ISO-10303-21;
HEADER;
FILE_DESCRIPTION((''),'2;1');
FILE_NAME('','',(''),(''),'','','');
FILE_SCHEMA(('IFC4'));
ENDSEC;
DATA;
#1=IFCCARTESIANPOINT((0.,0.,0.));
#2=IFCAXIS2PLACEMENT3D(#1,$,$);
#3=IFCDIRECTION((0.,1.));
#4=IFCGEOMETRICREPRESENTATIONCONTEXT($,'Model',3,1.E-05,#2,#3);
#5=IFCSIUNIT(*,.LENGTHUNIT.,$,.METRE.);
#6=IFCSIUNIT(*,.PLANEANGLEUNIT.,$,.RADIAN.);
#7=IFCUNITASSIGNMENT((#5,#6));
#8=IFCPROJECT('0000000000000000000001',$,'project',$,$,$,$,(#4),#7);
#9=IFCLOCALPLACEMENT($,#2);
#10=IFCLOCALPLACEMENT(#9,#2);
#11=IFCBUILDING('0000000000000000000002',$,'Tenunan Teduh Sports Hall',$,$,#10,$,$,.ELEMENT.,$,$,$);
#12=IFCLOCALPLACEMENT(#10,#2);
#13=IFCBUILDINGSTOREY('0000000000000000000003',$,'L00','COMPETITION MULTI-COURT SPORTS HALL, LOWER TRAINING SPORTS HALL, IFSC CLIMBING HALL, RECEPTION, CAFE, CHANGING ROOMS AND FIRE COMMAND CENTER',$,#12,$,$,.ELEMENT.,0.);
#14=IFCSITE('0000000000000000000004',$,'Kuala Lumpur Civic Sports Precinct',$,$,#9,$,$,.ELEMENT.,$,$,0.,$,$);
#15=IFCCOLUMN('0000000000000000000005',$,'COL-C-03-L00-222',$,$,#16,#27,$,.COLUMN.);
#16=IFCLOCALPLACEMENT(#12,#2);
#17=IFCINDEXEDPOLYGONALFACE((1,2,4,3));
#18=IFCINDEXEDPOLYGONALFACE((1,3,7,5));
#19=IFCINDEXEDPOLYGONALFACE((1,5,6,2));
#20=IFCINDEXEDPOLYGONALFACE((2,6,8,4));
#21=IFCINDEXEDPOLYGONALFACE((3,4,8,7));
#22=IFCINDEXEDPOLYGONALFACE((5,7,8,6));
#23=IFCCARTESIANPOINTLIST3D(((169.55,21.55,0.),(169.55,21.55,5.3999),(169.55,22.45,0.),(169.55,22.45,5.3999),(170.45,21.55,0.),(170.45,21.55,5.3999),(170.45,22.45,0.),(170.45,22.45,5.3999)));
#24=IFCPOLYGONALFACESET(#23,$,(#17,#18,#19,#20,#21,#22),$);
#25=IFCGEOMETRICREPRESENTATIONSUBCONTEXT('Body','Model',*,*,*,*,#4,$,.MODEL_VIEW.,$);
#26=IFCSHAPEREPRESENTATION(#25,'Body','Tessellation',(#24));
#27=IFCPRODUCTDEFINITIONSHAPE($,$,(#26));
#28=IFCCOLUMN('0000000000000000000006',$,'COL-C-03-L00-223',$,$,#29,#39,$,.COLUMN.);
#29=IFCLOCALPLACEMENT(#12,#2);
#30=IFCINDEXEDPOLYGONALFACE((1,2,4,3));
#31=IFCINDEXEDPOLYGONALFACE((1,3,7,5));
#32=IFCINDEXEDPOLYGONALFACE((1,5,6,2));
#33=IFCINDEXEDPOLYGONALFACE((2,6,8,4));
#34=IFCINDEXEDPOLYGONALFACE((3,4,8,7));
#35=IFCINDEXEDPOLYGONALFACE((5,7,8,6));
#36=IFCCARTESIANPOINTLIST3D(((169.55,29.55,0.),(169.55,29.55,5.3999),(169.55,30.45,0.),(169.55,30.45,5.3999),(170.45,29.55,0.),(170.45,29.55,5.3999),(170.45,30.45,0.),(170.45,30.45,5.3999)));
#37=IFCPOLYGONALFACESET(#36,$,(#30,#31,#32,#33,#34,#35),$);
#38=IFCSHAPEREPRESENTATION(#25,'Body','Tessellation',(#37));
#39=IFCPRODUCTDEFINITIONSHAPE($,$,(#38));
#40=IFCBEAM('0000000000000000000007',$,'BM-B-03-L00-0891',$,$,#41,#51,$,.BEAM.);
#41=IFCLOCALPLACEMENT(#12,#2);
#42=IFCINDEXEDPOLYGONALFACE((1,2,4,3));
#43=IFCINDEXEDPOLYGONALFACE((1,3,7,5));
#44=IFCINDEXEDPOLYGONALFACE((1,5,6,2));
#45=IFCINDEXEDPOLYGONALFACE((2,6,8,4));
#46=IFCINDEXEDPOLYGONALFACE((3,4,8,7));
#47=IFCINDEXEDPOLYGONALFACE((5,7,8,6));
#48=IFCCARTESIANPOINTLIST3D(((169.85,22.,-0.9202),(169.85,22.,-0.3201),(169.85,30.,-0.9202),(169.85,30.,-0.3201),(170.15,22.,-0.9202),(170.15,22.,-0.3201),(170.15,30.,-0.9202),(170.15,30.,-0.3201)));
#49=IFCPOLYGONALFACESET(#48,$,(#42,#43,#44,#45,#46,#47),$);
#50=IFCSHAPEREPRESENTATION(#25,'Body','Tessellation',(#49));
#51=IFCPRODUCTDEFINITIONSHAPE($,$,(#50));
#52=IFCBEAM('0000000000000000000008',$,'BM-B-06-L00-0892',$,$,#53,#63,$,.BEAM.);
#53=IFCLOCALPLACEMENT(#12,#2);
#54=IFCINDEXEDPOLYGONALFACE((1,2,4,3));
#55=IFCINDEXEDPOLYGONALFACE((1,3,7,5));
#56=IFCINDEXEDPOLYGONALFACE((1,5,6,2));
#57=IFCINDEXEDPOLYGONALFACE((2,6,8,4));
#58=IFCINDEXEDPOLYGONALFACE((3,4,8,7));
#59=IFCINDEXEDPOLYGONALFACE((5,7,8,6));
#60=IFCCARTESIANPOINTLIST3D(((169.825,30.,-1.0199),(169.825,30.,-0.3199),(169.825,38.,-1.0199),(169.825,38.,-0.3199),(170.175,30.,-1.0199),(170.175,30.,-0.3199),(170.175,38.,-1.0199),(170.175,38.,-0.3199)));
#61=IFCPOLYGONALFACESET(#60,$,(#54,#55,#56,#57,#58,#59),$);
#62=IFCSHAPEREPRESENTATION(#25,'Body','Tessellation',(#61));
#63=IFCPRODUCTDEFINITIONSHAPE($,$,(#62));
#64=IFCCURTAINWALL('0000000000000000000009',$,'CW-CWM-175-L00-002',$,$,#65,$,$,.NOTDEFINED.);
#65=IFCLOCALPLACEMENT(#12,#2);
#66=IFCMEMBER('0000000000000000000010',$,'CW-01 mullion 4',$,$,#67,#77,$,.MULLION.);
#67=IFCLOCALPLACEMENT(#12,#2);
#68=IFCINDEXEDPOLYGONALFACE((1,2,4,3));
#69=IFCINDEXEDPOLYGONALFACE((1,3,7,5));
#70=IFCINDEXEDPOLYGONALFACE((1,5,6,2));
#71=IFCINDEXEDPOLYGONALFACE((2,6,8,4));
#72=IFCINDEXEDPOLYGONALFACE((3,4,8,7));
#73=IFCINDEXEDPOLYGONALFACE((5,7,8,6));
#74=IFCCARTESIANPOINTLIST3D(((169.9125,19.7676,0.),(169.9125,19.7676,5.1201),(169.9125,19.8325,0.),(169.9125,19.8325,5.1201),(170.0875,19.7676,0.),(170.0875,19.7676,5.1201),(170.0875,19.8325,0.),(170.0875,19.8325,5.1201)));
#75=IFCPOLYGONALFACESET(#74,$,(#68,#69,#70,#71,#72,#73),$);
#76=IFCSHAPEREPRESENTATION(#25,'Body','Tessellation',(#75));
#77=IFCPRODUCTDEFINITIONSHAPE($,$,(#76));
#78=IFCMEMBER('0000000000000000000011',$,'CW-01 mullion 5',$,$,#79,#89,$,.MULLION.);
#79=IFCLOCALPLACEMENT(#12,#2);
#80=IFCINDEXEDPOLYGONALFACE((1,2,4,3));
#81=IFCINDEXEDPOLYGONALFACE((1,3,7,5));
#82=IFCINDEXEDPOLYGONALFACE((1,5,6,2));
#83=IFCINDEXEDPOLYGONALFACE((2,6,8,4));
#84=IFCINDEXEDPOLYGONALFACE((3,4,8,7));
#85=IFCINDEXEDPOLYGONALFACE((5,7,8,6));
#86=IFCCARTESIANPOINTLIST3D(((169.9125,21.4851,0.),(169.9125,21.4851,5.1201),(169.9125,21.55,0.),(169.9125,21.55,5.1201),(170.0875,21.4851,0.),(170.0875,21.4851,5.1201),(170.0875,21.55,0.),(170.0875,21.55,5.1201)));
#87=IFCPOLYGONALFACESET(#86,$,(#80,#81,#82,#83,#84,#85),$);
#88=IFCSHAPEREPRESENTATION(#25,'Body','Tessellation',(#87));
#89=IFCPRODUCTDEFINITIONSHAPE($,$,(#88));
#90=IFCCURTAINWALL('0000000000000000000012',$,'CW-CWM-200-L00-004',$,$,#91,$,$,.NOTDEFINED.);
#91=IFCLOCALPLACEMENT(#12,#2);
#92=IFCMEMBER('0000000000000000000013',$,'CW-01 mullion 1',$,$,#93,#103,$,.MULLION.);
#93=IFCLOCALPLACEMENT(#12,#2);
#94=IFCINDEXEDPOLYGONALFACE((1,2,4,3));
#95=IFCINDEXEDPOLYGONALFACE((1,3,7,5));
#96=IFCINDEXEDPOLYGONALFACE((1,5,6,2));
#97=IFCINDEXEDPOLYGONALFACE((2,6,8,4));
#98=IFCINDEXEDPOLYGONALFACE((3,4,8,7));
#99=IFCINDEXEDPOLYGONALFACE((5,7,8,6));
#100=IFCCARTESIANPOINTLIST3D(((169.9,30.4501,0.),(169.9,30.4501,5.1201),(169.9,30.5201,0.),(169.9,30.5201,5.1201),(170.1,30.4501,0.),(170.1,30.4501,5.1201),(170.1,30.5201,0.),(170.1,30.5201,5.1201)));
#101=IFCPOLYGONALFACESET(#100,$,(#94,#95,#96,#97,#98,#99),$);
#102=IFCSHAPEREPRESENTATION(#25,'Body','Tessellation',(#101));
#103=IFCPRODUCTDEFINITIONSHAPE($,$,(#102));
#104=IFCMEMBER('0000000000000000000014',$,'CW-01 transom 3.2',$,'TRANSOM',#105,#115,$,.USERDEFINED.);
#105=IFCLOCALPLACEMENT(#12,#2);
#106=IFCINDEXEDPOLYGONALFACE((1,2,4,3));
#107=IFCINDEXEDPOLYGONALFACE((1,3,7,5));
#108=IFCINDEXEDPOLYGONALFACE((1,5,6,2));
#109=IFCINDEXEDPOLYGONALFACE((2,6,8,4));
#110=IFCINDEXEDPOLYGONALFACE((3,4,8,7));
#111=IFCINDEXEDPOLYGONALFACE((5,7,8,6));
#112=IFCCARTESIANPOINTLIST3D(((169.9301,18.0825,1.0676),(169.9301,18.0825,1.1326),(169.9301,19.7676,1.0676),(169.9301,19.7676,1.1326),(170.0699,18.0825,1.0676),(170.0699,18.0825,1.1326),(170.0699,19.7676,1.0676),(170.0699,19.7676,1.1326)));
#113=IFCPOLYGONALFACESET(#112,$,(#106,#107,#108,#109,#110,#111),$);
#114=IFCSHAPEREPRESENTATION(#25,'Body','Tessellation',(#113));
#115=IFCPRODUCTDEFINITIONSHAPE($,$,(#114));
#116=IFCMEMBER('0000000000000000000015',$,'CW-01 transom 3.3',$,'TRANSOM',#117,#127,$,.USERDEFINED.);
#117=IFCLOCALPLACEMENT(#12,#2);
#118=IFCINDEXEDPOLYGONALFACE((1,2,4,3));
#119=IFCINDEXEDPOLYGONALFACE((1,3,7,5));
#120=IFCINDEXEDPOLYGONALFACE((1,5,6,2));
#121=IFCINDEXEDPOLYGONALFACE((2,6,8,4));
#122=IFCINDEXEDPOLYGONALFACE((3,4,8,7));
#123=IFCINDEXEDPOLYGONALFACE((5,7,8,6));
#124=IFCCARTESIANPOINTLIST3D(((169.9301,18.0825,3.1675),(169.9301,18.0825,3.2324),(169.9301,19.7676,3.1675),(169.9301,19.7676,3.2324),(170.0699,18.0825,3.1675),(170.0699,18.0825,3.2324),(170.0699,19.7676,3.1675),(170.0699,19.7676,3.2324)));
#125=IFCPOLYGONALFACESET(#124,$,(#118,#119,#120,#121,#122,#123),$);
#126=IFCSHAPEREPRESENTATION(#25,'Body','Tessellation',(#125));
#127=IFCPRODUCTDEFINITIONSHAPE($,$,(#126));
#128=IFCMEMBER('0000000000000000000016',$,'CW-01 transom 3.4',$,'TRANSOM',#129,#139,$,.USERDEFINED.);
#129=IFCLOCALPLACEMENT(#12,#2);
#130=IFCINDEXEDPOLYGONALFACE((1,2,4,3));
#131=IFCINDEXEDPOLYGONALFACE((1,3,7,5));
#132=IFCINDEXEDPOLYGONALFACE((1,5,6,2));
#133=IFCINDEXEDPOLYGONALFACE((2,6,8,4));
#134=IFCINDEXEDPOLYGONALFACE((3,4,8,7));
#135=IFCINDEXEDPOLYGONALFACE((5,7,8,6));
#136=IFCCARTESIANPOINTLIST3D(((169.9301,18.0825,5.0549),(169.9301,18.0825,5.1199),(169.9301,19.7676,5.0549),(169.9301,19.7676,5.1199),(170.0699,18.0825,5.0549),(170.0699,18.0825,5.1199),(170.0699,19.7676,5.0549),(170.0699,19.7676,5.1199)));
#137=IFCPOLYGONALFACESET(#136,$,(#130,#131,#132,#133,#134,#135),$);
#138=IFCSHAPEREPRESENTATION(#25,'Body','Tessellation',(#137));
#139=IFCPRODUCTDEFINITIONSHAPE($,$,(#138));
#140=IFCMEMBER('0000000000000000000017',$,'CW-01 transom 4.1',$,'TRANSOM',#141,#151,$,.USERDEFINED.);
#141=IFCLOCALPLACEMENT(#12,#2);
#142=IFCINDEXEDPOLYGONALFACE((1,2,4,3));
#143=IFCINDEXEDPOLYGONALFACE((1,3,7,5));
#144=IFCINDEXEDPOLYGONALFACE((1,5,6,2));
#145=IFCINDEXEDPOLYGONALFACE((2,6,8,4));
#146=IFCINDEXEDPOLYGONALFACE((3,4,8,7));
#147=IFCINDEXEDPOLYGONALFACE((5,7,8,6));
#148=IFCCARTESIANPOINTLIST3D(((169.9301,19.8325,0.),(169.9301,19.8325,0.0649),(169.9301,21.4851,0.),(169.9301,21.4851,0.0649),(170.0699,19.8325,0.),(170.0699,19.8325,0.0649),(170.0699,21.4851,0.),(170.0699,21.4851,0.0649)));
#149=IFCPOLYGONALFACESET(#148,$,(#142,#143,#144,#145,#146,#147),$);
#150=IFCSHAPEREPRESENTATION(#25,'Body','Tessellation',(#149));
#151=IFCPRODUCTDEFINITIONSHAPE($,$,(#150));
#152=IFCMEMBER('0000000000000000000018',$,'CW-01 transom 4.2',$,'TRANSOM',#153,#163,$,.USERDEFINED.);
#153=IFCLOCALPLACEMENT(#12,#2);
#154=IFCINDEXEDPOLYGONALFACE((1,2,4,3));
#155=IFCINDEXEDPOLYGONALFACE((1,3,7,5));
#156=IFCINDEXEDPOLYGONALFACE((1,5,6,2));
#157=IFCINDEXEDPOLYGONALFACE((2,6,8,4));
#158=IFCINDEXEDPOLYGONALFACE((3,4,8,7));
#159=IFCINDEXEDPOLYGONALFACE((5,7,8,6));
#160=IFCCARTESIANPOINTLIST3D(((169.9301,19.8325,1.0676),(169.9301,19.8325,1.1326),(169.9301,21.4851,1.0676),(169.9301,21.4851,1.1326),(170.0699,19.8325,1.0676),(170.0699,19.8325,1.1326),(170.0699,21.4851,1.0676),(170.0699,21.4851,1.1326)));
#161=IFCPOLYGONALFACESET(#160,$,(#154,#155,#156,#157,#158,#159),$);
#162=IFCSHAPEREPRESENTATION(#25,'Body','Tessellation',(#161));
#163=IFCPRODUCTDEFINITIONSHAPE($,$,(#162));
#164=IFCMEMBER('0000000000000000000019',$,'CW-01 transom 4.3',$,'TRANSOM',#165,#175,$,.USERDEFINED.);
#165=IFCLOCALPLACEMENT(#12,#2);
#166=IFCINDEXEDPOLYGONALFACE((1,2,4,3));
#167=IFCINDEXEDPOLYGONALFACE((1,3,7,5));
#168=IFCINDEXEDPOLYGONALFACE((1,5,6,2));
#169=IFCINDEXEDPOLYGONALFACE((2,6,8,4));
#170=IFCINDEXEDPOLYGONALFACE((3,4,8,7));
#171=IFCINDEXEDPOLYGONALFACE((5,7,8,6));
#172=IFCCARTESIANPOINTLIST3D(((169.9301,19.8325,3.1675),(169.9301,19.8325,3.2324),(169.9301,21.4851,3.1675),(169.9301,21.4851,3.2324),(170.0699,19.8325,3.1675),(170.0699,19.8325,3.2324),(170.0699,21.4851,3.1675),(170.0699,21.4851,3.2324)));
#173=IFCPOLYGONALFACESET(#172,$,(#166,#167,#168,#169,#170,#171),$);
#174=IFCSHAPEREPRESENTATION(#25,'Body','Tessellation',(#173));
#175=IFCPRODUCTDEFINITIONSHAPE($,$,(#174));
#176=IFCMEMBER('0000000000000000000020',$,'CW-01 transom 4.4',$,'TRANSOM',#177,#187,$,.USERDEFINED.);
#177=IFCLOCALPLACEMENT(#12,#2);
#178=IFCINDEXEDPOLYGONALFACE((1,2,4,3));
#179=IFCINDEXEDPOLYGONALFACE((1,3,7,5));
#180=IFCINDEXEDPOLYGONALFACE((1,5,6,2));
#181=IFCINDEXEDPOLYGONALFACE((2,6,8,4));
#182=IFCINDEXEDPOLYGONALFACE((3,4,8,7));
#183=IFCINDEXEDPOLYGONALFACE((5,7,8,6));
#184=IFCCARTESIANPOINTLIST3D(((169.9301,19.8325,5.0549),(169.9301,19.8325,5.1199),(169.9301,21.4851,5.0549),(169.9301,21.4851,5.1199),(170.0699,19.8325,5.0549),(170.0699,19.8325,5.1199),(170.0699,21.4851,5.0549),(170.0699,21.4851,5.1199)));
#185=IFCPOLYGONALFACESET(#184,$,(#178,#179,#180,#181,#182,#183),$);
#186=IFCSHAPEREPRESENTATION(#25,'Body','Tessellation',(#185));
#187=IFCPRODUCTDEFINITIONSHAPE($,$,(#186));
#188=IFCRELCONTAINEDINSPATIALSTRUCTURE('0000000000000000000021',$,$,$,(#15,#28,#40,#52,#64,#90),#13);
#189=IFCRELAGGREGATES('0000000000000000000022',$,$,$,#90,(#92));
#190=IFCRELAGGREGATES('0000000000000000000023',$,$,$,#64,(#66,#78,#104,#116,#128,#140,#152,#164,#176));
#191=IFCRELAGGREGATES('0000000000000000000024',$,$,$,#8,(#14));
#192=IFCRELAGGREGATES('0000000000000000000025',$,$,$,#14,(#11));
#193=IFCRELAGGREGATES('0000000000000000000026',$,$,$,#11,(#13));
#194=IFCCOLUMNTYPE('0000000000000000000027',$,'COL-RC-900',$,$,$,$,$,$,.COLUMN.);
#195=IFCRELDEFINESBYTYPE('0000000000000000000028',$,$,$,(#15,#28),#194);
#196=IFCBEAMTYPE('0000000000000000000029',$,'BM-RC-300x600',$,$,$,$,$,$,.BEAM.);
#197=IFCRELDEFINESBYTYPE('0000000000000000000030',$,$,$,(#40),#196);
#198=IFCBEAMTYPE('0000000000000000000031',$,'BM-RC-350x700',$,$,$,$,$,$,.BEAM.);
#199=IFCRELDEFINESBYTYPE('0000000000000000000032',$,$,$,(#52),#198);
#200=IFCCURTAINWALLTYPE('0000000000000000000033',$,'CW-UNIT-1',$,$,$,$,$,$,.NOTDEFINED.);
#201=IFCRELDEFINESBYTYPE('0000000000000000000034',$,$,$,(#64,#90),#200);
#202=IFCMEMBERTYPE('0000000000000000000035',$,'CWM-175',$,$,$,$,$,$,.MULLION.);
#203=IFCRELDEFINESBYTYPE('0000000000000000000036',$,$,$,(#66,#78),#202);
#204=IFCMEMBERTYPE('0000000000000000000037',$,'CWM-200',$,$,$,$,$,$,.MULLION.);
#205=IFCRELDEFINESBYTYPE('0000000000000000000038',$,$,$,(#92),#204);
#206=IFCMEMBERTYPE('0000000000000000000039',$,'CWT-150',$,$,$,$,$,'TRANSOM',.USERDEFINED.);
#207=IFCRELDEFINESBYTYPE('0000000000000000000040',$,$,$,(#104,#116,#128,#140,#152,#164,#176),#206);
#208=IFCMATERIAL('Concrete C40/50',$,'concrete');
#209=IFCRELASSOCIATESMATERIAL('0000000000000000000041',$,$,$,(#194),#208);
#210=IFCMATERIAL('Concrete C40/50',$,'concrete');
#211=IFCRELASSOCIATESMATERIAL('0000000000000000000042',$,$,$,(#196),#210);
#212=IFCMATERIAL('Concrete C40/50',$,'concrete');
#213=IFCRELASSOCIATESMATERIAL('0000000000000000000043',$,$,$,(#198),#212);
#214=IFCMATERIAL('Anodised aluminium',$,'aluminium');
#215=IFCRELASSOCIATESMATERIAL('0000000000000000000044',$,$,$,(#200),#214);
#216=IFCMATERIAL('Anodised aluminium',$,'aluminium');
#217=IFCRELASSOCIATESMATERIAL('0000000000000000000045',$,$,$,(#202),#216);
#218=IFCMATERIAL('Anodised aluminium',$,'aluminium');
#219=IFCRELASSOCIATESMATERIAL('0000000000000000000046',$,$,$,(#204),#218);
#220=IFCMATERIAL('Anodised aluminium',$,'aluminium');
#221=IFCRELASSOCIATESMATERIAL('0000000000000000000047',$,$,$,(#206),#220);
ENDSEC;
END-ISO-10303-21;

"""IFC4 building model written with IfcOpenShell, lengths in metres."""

from ifc_helpers import new_model, si_unit, direction, frame, origin, origin_2d, place, context, subcontext, project, spatial, rectangle, extrude, material, material_profile, profile_set, type_object, element, aggregate, save


model = new_model("IFC4")

# Units and contexts
model_context = context("Model", 3, precision=1e-05, world=origin(), true_north=direction((0.0, 1.0)))
body_context = subcontext(model_context, "Body", "Model", "MODEL_VIEW")
ifc_project = project(units=[si_unit("LENGTHUNIT", "METRE"), si_unit("PLANEANGLEUNIT", "RADIAN")], contexts=[model_context])

# Site, building, storey
site_placement = place(None, origin())
site = spatial("IfcSite", under=ifc_project, at=site_placement, Name="Kuala Lumpur Civic Sports Precinct", CompositionType="ELEMENT", RefElevation=0.0)
building_placement = place(site_placement, origin())
building = spatial("IfcBuilding", under=site, at=building_placement, Name="Tenunan Teduh Sports Hall", CompositionType="ELEMENT")
storey_placement = place(building_placement, origin())
storey = spatial("IfcBuildingStorey", under=building, at=storey_placement, Name="L00", Description="COMPETITION MULTI-COURT SPORTS HALL, LOWER TRAINING SPORTS HALL, IFSC CLIMBING HALL, RECEPTION, CAFE, CHANGING ROOMS AND FIRE COMMAND CENTER", CompositionType="ELEMENT", Elevation=0.0)

# Columns
ifc_material_1 = material(Name="Concrete C40/50", Category="concrete")
ifc_material_profile_1 = material_profile(ifc_material_1, rectangle(XDim=0.8999, YDim=0.8999, at=origin_2d()), Name="RC 900x900")
ifc_profile_set_1 = profile_set([ifc_material_profile_1], Name="Concrete C40/50")
column_type = type_object("IfcColumnType", Name="COL-RC-900", PredefinedType="COLUMN", material=ifc_profile_set_1)
for number, where, z_axis, x_axis, name in (
    (1, (170.0, 22.0, 0.0), (0.0, 0.0, 1.0), (1.0, 0.0, 0.0), "COL-C-03-L00-222"),
    (2, (170.0, 30.0, 0.0), (0.0, 0.0, 1.0), (1.0, 0.0, 0.0), "COL-C-03-L00-223"),
):
    element("IfcColumn", number, at=place(storey_placement, frame(where, z_axis=z_axis, x_axis=x_axis)), inside=storey, type_object=column_type, Name=name, PredefinedType="COLUMN", context=body_context, shape_type="SweptSolid", body=[
        extrude(rectangle(XDim=0.8999, YDim=0.8999, at=origin_2d()), origin(), (0.0, 0.0, 1.0), 5.3999),
    ])

# Beams
ifc_material_2 = material(Name="Concrete C40/50", Category="concrete")
ifc_material_profile_2 = material_profile(ifc_material_2, rectangle(XDim=0.3, YDim=0.6001, at=origin_2d()), Name="RCB 300x600")
ifc_profile_set_2 = profile_set([ifc_material_profile_2], Name="Concrete C40/50")
beam_type_1 = type_object("IfcBeamType", Name="BM-RC-300x600", PredefinedType="BEAM", material=ifc_profile_set_2)
beam_1_placement = place(storey_placement, frame((170.0, 22.0, -0.6201), z_axis=(0.0, 1.0, 0.0), x_axis=(-1.0, 0.0, 0.0)))
element("IfcBeam", 3, at=beam_1_placement, inside=storey, type_object=beam_type_1, Name="BM-B-03-L00-0891", PredefinedType="BEAM", context=body_context, shape_type="SweptSolid", body=[
    extrude(rectangle(XDim=0.3, YDim=0.6001, at=origin_2d()), origin(), (0.0, 0.0, 1.0), 8.0),
])
ifc_material_3 = material(Name="Concrete C40/50", Category="concrete")
ifc_material_profile_3 = material_profile(ifc_material_3, rectangle(XDim=0.3501, YDim=0.7, at=origin_2d()), Name="RCB 350x700")
ifc_profile_set_3 = profile_set([ifc_material_profile_3], Name="Concrete C40/50")
beam_type_2 = type_object("IfcBeamType", Name="BM-RC-350x700", PredefinedType="BEAM", material=ifc_profile_set_3)
beam_2_placement = place(storey_placement, frame((170.0, 30.0, -0.6699), z_axis=(0.0, 1.0, 0.0), x_axis=(-1.0, 0.0, 0.0)))
element("IfcBeam", 4, at=beam_2_placement, inside=storey, type_object=beam_type_2, Name="BM-B-06-L00-0892", PredefinedType="BEAM", context=body_context, shape_type="SweptSolid", body=[
    extrude(rectangle(XDim=0.3501, YDim=0.7, at=origin_2d()), origin(), (0.0, 0.0, 1.0), 8.0),
])

# Curtain wall, members
ifc_material_4 = material(Name="Anodised aluminium", Category="aluminium")
curtain_wall_type = type_object("IfcCurtainWallType", Name="CW-UNIT-1", PredefinedType="NOTDEFINED", material=ifc_material_4)
curtain_wall_1_placement = place(storey_placement, origin())
curtain_wall_1 = element("IfcCurtainWall", 5, at=curtain_wall_1_placement, inside=storey, type_object=curtain_wall_type, Name="CW-CWM-175-L00-002", PredefinedType="NOTDEFINED")
ifc_material_5 = material(Name="Anodised aluminium", Category="aluminium")
ifc_material_profile_4 = material_profile(ifc_material_5, rectangle(XDim=0.0649, YDim=0.175, at=origin_2d()), Name="CWM 65x175")
ifc_profile_set_4 = profile_set([ifc_material_profile_4], Name="Anodised aluminium")
member_type_1 = type_object("IfcMemberType", Name="CWM-175", PredefinedType="MULLION", material=ifc_profile_set_4)
member_1_placement = place(storey_placement, frame((170.0, 19.8, 0.0), z_axis=(0.0, 0.0, 1.0), x_axis=(0.0, 1.0, 0.0)))
member_1 = element("IfcMember", 6, at=member_1_placement, type_object=member_type_1, Name="CW-01 mullion 4", PredefinedType="MULLION", context=body_context, shape_type="SweptSolid", body=[
    extrude(rectangle(XDim=0.0649, YDim=0.175, at=origin_2d()), origin(), (0.0, 0.0, 1.0), 5.1201),
])
member_2_placement = place(storey_placement, frame((170.0, 21.5176, 0.0), z_axis=(0.0, 0.0, 1.0), x_axis=(0.0, 1.0, 0.0)))
member_2 = element("IfcMember", 7, at=member_2_placement, type_object=member_type_1, Name="CW-01 mullion 5", PredefinedType="MULLION", context=body_context, shape_type="SweptSolid", body=[
    extrude(rectangle(XDim=0.0649, YDim=0.175, at=origin_2d()), origin(), (0.0, 0.0, 1.0), 5.1201),
])

# Curtain wall, member
curtain_wall_2_placement = place(storey_placement, origin())
curtain_wall_2 = element("IfcCurtainWall", 8, at=curtain_wall_2_placement, inside=storey, type_object=curtain_wall_type, Name="CW-CWM-200-L00-004", PredefinedType="NOTDEFINED")
ifc_material_6 = material(Name="Anodised aluminium", Category="aluminium")
ifc_material_profile_5 = material_profile(ifc_material_6, rectangle(XDim=0.0701, YDim=0.2, at=origin_2d()), Name="CWM 70x200")
ifc_profile_set_5 = profile_set([ifc_material_profile_5], Name="Anodised aluminium")
member_type_2 = type_object("IfcMemberType", Name="CWM-200", PredefinedType="MULLION", material=ifc_profile_set_5)
member_3_placement = place(storey_placement, frame((170.0, 30.4851, 0.0), z_axis=(0.0, 0.0, 1.0), x_axis=(0.0, 1.0, 0.0)))
member_3 = element("IfcMember", 9, at=member_3_placement, type_object=member_type_2, Name="CW-01 mullion 1", PredefinedType="MULLION", context=body_context, shape_type="SweptSolid", body=[
    extrude(rectangle(XDim=0.0701, YDim=0.2, at=origin_2d()), origin(), (0.0, 0.0, 1.0), 5.1201),
])

# Members
ifc_material_7 = material(Name="Anodised aluminium", Category="aluminium")
ifc_material_profile_6 = material_profile(ifc_material_7, rectangle(XDim=0.0649, YDim=0.1399, at=origin_2d()), Name="CWT 65x140")
ifc_profile_set_6 = profile_set([ifc_material_profile_6], Name="Anodised aluminium")
member_type_3 = type_object("IfcMemberType", Name="CWT-150", ElementType="TRANSOM", PredefinedType="USERDEFINED", material=ifc_profile_set_6)
member_4_placement = place(storey_placement, frame((170.0, 18.0825, 1.1001), z_axis=(0.0, 1.0, 0.0), x_axis=(0.0, 0.0, 1.0)))
member_4 = element("IfcMember", 10, at=member_4_placement, type_object=member_type_3, Name="CW-01 transom 3.2", ObjectType="TRANSOM", PredefinedType="USERDEFINED", context=body_context, shape_type="SweptSolid", body=[
    extrude(rectangle(XDim=0.0649, YDim=0.1399, at=origin_2d()), origin(), (0.0, 0.0, 1.0), 1.6851),
])
member_5_placement = place(storey_placement, frame((170.0, 18.0825, 3.2), z_axis=(0.0, 1.0, 0.0), x_axis=(0.0, 0.0, 1.0)))
member_5 = element("IfcMember", 11, at=member_5_placement, type_object=member_type_3, Name="CW-01 transom 3.3", ObjectType="TRANSOM", PredefinedType="USERDEFINED", context=body_context, shape_type="SweptSolid", body=[
    extrude(rectangle(XDim=0.0649, YDim=0.1399, at=origin_2d()), origin(), (0.0, 0.0, 1.0), 1.6851),
])
member_6_placement = place(storey_placement, frame((170.0, 18.0825, 5.0874), z_axis=(0.0, 1.0, 0.0), x_axis=(0.0, 0.0, 1.0)))
member_6 = element("IfcMember", 12, at=member_6_placement, type_object=member_type_3, Name="CW-01 transom 3.4", ObjectType="TRANSOM", PredefinedType="USERDEFINED", context=body_context, shape_type="SweptSolid", body=[
    extrude(rectangle(XDim=0.0649, YDim=0.1399, at=origin_2d()), origin(), (0.0, 0.0, 1.0), 1.6851),
])
member_7_placement = place(storey_placement, frame((170.0, 19.8325, 0.0325), z_axis=(0.0, 1.0, 0.0), x_axis=(0.0, 0.0, 1.0)))
member_7 = element("IfcMember", 13, at=member_7_placement, type_object=member_type_3, Name="CW-01 transom 4.1", ObjectType="TRANSOM", PredefinedType="USERDEFINED", context=body_context, shape_type="SweptSolid", body=[
    extrude(rectangle(XDim=0.0649, YDim=0.1399, at=origin_2d()), origin(), (0.0, 0.0, 1.0), 1.6526),
])
member_8_placement = place(storey_placement, frame((170.0, 19.8325, 1.1001), z_axis=(0.0, 1.0, 0.0), x_axis=(0.0, 0.0, 1.0)))
member_8 = element("IfcMember", 14, at=member_8_placement, type_object=member_type_3, Name="CW-01 transom 4.2", ObjectType="TRANSOM", PredefinedType="USERDEFINED", context=body_context, shape_type="SweptSolid", body=[
    extrude(rectangle(XDim=0.0649, YDim=0.1399, at=origin_2d()), origin(), (0.0, 0.0, 1.0), 1.6526),
])
member_9_placement = place(storey_placement, frame((170.0, 19.8325, 3.2), z_axis=(0.0, 1.0, 0.0), x_axis=(0.0, 0.0, 1.0)))
member_9 = element("IfcMember", 15, at=member_9_placement, type_object=member_type_3, Name="CW-01 transom 4.3", ObjectType="TRANSOM", PredefinedType="USERDEFINED", context=body_context, shape_type="SweptSolid", body=[
    extrude(rectangle(XDim=0.0649, YDim=0.1399, at=origin_2d()), origin(), (0.0, 0.0, 1.0), 1.6526),
])
member_10_placement = place(storey_placement, frame((170.0, 19.8325, 5.0874), z_axis=(0.0, 1.0, 0.0), x_axis=(0.0, 0.0, 1.0)))
member_10 = element("IfcMember", 16, at=member_10_placement, type_object=member_type_3, Name="CW-01 transom 4.4", ObjectType="TRANSOM", PredefinedType="USERDEFINED", context=body_context, shape_type="SweptSolid", body=[
    extrude(rectangle(XDim=0.0649, YDim=0.1399, at=origin_2d()), origin(), (0.0, 0.0, 1.0), 1.6526),
])
aggregate(curtain_wall_2, [member_3])

aggregate(curtain_wall_1, [member_1, member_2, member_4, member_5, member_6, member_7, member_8, member_9, member_10])

save(model, "model.ifc")
